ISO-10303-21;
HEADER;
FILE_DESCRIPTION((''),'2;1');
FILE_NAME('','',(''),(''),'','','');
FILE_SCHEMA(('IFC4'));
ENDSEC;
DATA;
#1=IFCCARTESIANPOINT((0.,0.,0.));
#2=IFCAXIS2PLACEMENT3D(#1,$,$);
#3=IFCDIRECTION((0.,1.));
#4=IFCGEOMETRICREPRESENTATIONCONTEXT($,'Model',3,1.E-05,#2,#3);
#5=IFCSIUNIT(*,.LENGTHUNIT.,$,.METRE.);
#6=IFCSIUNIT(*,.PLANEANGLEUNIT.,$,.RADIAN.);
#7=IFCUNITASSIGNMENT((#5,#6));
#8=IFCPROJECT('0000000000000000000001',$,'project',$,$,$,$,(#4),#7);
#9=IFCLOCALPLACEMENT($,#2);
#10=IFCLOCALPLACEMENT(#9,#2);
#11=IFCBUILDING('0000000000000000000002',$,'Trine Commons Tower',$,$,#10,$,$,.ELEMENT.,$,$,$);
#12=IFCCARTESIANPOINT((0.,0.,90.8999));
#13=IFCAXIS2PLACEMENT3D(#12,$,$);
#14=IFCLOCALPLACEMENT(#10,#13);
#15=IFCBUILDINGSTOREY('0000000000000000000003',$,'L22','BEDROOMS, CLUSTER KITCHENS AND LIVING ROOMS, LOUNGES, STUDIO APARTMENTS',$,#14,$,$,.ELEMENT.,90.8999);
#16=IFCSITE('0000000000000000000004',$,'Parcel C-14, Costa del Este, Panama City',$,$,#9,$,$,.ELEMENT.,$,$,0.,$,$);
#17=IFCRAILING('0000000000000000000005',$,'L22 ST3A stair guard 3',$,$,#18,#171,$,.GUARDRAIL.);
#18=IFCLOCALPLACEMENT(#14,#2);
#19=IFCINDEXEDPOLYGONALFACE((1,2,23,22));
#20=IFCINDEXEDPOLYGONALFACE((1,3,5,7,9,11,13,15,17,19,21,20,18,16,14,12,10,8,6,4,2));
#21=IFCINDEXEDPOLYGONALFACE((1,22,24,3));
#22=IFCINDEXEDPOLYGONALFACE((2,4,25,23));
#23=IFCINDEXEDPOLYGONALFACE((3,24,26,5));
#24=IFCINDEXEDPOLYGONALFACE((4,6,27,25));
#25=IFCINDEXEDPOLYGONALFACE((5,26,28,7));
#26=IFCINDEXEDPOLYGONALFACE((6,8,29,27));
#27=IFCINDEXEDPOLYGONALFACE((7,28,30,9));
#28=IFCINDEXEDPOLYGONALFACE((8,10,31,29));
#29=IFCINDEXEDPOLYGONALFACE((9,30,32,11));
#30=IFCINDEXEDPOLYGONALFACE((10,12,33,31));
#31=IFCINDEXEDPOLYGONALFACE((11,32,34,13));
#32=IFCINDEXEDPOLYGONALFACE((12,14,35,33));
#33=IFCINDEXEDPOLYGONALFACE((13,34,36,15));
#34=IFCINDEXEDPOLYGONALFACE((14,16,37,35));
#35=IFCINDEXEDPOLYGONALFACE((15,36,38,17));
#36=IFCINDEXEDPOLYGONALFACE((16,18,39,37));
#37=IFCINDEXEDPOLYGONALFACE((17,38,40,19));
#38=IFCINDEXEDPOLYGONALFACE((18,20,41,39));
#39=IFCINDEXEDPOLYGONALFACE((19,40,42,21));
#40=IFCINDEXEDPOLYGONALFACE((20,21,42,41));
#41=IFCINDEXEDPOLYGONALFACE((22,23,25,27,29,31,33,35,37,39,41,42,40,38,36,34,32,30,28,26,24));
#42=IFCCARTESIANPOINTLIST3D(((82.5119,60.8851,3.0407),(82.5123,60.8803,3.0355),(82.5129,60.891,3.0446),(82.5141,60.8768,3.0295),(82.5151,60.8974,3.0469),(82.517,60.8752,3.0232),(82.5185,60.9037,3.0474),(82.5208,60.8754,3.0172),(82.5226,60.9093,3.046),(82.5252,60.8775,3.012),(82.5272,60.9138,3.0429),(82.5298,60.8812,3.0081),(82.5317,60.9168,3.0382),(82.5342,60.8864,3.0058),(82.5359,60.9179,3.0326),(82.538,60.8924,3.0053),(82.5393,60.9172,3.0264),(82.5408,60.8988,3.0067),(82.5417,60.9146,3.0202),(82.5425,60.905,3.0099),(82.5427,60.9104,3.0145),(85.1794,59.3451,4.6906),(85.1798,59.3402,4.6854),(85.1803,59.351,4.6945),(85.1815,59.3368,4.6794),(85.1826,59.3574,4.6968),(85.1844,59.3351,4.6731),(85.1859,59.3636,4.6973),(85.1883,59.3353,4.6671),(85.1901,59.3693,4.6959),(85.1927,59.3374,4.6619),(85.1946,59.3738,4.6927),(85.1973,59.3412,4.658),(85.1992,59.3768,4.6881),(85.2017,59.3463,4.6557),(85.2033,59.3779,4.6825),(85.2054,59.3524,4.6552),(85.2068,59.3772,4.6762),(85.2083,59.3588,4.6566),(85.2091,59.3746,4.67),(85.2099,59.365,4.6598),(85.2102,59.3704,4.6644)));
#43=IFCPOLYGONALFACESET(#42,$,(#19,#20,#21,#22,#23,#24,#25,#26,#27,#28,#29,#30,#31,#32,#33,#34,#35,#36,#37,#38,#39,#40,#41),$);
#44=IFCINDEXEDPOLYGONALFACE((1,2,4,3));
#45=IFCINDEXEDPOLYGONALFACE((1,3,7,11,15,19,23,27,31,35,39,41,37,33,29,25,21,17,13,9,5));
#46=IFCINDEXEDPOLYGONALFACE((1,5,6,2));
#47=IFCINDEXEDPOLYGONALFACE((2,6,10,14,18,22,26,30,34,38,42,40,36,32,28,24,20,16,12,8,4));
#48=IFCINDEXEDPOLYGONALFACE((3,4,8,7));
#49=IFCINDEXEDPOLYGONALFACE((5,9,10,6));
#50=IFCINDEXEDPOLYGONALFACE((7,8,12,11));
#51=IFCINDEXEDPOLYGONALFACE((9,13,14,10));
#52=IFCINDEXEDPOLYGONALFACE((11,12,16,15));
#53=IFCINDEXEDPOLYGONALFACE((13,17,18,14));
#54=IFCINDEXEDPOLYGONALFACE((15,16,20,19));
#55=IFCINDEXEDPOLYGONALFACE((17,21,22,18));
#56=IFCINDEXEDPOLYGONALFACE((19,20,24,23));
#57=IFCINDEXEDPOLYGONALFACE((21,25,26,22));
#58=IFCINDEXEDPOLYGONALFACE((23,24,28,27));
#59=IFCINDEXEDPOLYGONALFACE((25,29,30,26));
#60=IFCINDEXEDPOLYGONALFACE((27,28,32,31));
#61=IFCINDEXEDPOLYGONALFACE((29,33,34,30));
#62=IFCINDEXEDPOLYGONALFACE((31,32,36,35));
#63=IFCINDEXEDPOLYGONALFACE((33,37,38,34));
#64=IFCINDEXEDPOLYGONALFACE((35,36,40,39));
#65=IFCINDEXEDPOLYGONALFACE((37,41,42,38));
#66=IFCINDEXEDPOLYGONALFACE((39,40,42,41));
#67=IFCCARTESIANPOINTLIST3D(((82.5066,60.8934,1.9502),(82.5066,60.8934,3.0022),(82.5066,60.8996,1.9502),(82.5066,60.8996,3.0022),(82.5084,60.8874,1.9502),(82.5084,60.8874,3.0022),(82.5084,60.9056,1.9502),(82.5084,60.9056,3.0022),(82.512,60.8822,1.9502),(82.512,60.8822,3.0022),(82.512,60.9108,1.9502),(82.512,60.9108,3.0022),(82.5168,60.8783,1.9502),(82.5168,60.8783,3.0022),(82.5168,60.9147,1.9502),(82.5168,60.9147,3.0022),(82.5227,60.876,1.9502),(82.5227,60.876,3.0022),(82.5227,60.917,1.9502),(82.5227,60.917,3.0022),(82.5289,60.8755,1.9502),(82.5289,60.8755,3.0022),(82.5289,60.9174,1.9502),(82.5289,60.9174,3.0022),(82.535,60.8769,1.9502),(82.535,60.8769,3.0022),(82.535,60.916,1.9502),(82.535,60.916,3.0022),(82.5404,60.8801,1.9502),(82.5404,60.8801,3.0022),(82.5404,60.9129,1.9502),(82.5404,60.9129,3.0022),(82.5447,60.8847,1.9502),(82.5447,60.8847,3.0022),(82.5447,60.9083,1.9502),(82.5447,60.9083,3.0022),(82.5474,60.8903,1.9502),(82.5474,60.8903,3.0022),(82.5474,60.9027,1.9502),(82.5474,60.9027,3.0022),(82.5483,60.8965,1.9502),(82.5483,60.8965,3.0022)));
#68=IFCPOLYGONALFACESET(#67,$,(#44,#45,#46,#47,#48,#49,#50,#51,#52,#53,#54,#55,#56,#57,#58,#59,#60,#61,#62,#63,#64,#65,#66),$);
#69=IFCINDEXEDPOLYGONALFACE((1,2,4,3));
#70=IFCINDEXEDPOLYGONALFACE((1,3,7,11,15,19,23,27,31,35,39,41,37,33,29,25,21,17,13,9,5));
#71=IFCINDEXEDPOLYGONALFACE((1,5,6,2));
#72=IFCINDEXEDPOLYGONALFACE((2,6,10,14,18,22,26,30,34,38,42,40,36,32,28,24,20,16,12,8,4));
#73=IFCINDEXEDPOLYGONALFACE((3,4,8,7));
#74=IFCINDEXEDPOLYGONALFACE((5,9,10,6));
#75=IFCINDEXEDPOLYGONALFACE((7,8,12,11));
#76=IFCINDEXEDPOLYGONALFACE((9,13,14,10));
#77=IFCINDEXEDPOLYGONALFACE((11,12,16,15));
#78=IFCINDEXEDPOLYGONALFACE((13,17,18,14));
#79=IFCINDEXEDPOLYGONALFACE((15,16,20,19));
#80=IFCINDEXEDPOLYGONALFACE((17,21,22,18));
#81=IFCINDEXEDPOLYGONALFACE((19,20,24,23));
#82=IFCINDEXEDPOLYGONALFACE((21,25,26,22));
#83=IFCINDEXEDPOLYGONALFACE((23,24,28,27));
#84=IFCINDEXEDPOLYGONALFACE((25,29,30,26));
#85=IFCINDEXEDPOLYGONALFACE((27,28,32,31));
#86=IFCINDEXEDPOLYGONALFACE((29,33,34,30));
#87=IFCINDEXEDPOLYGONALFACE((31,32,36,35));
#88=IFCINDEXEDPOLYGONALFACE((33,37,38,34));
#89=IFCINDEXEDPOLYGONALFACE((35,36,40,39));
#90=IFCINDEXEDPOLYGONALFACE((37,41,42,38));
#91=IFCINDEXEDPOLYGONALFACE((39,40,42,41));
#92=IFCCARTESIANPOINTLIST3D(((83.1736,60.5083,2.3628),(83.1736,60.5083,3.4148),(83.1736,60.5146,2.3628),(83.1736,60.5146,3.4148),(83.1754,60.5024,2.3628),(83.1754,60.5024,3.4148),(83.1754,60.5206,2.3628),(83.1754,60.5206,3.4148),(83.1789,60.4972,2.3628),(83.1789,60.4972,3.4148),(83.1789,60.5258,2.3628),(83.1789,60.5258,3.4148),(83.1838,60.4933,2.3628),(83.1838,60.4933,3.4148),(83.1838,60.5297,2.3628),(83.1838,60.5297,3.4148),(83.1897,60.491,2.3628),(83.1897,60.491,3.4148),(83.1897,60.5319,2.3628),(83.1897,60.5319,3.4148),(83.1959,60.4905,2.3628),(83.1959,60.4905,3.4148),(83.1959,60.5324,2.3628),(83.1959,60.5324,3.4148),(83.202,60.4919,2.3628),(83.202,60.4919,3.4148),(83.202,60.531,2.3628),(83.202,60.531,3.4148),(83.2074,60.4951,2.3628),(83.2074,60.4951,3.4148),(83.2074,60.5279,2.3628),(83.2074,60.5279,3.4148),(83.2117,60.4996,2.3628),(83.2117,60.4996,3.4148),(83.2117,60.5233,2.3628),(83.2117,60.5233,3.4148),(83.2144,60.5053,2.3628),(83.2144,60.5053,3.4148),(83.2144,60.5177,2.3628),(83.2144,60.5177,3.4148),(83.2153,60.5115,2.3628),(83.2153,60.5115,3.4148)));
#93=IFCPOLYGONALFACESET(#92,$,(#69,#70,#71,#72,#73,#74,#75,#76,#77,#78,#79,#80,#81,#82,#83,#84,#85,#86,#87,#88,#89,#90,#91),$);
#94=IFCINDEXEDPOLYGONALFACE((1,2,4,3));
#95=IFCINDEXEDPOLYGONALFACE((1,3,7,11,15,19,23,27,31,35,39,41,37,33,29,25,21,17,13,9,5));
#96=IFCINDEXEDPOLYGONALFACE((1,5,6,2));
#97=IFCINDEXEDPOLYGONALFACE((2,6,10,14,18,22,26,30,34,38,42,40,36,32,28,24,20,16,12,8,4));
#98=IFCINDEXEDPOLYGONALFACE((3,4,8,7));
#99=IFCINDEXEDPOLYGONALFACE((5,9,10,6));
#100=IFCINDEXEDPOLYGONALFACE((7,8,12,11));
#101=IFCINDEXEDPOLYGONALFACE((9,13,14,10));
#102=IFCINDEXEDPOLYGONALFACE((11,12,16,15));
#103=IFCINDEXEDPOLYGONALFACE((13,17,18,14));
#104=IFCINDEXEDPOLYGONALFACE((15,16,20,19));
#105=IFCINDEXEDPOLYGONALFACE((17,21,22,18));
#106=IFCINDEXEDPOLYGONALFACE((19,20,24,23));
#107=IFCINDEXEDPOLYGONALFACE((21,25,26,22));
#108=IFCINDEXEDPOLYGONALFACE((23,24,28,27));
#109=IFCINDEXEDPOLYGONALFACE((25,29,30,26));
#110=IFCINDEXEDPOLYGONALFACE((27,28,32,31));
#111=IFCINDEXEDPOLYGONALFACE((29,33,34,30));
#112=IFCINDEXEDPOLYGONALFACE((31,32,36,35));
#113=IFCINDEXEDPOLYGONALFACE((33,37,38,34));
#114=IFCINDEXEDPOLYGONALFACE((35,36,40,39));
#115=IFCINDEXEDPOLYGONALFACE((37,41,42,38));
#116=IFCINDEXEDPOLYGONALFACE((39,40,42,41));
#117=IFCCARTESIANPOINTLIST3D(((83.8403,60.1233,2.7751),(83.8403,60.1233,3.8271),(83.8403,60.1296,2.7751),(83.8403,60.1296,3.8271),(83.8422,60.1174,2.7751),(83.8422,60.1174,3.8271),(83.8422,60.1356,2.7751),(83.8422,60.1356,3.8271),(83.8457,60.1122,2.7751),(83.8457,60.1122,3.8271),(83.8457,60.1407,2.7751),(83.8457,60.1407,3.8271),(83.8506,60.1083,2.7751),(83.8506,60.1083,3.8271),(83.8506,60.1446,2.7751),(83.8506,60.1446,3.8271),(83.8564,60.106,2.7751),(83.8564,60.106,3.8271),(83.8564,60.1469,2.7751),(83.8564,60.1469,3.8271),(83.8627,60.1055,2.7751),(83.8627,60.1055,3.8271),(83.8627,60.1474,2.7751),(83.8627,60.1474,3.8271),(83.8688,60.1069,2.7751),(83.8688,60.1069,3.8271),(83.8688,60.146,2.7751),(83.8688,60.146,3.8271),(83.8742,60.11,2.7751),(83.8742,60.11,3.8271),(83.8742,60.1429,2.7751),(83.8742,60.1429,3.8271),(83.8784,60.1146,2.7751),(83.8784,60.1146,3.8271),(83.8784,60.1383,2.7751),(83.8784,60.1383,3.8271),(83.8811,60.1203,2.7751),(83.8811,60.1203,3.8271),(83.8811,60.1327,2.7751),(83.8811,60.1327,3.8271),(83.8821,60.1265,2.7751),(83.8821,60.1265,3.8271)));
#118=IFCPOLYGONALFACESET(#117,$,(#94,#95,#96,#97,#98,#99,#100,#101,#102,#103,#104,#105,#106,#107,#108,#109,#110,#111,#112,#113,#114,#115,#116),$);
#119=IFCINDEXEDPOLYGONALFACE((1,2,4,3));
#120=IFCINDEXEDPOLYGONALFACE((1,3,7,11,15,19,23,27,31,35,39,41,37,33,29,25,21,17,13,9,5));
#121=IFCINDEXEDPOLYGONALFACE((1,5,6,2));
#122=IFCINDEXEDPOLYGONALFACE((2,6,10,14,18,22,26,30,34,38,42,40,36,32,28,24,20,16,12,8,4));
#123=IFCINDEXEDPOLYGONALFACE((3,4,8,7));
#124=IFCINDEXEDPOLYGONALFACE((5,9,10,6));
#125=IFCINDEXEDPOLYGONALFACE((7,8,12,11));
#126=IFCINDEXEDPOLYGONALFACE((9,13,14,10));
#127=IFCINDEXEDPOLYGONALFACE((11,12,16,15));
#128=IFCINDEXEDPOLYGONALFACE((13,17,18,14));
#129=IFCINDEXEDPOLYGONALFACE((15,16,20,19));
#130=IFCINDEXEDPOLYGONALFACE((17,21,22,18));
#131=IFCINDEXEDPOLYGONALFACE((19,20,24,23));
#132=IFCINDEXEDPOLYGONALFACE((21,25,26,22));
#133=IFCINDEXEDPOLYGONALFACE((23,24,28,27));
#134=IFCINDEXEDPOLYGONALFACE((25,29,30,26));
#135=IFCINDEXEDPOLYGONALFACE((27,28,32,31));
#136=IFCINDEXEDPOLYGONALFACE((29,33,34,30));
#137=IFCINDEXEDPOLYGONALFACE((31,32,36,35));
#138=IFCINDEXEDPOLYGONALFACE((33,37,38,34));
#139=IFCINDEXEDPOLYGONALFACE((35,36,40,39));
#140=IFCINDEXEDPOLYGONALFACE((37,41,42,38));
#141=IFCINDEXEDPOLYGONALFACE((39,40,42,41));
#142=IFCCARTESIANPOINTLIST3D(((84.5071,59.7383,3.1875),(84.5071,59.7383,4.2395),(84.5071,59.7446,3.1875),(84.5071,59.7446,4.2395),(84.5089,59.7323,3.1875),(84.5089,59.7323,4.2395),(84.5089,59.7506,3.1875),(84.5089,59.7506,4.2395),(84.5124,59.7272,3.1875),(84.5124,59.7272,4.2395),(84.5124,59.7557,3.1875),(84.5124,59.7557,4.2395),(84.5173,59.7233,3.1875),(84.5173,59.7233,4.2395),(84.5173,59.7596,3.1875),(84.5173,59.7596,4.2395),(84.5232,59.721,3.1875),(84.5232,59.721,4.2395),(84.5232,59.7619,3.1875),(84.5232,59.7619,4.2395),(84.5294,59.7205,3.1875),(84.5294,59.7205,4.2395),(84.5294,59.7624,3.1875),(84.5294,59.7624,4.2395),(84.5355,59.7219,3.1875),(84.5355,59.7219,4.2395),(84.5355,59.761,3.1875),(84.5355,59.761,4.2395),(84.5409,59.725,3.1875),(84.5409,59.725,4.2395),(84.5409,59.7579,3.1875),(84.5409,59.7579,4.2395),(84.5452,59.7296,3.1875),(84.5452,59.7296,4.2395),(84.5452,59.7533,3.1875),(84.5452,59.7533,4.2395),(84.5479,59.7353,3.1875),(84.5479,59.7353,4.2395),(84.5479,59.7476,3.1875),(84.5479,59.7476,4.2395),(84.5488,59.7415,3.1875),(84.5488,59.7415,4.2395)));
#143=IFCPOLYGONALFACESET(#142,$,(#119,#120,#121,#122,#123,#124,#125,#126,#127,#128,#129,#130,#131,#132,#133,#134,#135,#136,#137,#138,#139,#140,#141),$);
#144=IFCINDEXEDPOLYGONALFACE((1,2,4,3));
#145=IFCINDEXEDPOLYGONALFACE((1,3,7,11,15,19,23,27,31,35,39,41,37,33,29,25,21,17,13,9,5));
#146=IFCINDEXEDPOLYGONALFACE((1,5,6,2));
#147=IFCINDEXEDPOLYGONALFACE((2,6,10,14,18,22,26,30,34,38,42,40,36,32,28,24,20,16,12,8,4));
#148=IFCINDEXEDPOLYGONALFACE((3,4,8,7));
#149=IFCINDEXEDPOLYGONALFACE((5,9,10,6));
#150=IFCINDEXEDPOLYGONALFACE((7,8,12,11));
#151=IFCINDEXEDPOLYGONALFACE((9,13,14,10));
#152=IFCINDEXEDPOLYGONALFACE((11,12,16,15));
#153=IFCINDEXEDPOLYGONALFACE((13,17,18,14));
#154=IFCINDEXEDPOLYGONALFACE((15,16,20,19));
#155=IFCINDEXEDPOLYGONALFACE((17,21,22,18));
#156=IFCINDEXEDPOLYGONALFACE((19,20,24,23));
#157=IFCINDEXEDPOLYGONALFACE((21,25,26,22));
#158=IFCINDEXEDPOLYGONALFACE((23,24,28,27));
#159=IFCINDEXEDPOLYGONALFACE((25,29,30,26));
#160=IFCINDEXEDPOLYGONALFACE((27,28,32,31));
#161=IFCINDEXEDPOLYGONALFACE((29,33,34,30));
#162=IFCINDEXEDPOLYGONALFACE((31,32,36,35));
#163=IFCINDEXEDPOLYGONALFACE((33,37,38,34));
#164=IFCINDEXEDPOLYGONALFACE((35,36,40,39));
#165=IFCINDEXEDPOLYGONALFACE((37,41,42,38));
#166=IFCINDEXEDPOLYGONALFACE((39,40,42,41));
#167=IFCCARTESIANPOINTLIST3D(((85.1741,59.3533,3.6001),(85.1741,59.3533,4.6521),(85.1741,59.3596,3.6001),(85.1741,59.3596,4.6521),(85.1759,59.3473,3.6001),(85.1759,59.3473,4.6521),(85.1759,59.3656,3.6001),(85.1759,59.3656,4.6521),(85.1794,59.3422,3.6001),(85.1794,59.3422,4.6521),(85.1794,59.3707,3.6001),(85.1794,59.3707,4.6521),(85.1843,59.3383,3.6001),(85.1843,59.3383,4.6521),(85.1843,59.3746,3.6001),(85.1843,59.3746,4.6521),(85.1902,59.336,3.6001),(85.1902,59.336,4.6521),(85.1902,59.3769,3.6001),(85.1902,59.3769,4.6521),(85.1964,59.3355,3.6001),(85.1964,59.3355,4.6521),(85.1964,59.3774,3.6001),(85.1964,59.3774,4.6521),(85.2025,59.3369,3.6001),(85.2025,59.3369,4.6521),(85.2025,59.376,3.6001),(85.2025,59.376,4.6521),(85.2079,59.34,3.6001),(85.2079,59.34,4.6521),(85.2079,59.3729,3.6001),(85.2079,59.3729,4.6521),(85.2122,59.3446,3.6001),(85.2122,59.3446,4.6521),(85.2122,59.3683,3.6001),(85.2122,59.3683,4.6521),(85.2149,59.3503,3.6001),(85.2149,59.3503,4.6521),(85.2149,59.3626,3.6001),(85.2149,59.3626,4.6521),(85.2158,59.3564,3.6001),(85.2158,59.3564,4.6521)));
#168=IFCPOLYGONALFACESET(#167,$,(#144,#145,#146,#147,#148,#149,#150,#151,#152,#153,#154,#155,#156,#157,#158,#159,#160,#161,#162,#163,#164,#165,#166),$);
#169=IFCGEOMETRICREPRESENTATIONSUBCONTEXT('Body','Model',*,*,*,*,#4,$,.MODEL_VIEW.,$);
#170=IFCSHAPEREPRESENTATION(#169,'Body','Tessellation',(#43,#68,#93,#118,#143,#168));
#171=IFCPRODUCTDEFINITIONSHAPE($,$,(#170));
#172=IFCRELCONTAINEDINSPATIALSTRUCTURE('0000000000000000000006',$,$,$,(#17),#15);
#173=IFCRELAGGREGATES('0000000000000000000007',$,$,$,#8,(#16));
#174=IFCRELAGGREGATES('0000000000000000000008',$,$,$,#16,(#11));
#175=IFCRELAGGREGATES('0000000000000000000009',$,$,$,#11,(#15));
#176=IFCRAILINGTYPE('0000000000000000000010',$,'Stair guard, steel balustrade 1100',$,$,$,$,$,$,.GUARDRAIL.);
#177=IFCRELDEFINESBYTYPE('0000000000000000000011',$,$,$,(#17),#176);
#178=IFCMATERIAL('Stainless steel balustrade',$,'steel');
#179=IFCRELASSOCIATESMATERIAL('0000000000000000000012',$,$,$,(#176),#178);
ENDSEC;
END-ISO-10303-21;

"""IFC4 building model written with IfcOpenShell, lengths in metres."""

from ifc_helpers import new_model, si_unit, direction, frame, origin, origin_2d, place, context, subcontext, project, spatial, circle, extrude, material, type_object, element, save


model = new_model("IFC4")

# Units and contexts
model_context = context("Model", 3, precision=1e-05, world=origin(), true_north=direction((0.0, 1.0)))
body_context = subcontext(model_context, "Body", "Model", "MODEL_VIEW")
ifc_project = project(units=[si_unit("LENGTHUNIT", "METRE"), si_unit("PLANEANGLEUNIT", "RADIAN")], contexts=[model_context])

# Site, building, storey
site_placement = place(None, origin())
site = spatial("IfcSite", under=ifc_project, at=site_placement, Name="Parcel C-14, Costa del Este, Panama City", CompositionType="ELEMENT", RefElevation=0.0)
building_placement = place(site_placement, origin())
building = spatial("IfcBuilding", under=site, at=building_placement, Name="Trine Commons Tower", CompositionType="ELEMENT")
storey_placement = place(building_placement, frame((0.0, 0.0, 90.8999)))
storey = spatial("IfcBuildingStorey", under=building, at=storey_placement, Name="L22", Description="BEDROOMS, CLUSTER KITCHENS AND LIVING ROOMS, LOUNGES, STUDIO APARTMENTS", CompositionType="ELEMENT", Elevation=90.8999)

# Railing
ifc_material_1 = material(Name="Stainless steel balustrade", Category="steel")
railing_type_1 = type_object("IfcRailingType", Name="Stair guard, steel balustrade 1100", PredefinedType="GUARDRAIL", material=ifc_material_1)
railing_1_placement = place(storey_placement, frame((82.5273, 60.8965, 1.9502)))
element("IfcRailing", 1, at=railing_1_placement, inside=storey, type_object=railing_type_1, Name="L22 ST3A stair guard 3", PredefinedType="GUARDRAIL", context=body_context, shape_type="SweptSolid", body=[
    extrude(circle(Radius=0.0239, at=origin_2d()), frame((0.0, 0.0, 1.0762), z_axis=(0.763405, -0.440743, 0.472185), x_axis=(0.499992, 0.86603, 0.0)), (0.0, 0.0, 1.0), 3.4941),
    extrude(circle(Radius=0.021, at=origin_2d()), origin(), (0.0, 0.0, 1.0), 1.052),
    extrude(circle(Radius=0.021, at=origin_2d()), frame((0.667, -0.385, 0.4126)), (0.0, 0.0, 1.0), 1.052),
    extrude(circle(Radius=0.021, at=origin_2d()), frame((1.3337, -0.77, 0.825)), (0.0, 0.0, 1.0), 1.052),
    extrude(circle(Radius=0.021, at=origin_2d()), frame((2.0005, -1.155, 1.2373)), (0.0, 0.0, 1.0), 1.052),
    extrude(circle(Radius=0.021, at=origin_2d()), frame((2.6675, -1.54, 1.6499)), (0.0, 0.0, 1.0), 1.052),
])

save(model, "model.ifc")
